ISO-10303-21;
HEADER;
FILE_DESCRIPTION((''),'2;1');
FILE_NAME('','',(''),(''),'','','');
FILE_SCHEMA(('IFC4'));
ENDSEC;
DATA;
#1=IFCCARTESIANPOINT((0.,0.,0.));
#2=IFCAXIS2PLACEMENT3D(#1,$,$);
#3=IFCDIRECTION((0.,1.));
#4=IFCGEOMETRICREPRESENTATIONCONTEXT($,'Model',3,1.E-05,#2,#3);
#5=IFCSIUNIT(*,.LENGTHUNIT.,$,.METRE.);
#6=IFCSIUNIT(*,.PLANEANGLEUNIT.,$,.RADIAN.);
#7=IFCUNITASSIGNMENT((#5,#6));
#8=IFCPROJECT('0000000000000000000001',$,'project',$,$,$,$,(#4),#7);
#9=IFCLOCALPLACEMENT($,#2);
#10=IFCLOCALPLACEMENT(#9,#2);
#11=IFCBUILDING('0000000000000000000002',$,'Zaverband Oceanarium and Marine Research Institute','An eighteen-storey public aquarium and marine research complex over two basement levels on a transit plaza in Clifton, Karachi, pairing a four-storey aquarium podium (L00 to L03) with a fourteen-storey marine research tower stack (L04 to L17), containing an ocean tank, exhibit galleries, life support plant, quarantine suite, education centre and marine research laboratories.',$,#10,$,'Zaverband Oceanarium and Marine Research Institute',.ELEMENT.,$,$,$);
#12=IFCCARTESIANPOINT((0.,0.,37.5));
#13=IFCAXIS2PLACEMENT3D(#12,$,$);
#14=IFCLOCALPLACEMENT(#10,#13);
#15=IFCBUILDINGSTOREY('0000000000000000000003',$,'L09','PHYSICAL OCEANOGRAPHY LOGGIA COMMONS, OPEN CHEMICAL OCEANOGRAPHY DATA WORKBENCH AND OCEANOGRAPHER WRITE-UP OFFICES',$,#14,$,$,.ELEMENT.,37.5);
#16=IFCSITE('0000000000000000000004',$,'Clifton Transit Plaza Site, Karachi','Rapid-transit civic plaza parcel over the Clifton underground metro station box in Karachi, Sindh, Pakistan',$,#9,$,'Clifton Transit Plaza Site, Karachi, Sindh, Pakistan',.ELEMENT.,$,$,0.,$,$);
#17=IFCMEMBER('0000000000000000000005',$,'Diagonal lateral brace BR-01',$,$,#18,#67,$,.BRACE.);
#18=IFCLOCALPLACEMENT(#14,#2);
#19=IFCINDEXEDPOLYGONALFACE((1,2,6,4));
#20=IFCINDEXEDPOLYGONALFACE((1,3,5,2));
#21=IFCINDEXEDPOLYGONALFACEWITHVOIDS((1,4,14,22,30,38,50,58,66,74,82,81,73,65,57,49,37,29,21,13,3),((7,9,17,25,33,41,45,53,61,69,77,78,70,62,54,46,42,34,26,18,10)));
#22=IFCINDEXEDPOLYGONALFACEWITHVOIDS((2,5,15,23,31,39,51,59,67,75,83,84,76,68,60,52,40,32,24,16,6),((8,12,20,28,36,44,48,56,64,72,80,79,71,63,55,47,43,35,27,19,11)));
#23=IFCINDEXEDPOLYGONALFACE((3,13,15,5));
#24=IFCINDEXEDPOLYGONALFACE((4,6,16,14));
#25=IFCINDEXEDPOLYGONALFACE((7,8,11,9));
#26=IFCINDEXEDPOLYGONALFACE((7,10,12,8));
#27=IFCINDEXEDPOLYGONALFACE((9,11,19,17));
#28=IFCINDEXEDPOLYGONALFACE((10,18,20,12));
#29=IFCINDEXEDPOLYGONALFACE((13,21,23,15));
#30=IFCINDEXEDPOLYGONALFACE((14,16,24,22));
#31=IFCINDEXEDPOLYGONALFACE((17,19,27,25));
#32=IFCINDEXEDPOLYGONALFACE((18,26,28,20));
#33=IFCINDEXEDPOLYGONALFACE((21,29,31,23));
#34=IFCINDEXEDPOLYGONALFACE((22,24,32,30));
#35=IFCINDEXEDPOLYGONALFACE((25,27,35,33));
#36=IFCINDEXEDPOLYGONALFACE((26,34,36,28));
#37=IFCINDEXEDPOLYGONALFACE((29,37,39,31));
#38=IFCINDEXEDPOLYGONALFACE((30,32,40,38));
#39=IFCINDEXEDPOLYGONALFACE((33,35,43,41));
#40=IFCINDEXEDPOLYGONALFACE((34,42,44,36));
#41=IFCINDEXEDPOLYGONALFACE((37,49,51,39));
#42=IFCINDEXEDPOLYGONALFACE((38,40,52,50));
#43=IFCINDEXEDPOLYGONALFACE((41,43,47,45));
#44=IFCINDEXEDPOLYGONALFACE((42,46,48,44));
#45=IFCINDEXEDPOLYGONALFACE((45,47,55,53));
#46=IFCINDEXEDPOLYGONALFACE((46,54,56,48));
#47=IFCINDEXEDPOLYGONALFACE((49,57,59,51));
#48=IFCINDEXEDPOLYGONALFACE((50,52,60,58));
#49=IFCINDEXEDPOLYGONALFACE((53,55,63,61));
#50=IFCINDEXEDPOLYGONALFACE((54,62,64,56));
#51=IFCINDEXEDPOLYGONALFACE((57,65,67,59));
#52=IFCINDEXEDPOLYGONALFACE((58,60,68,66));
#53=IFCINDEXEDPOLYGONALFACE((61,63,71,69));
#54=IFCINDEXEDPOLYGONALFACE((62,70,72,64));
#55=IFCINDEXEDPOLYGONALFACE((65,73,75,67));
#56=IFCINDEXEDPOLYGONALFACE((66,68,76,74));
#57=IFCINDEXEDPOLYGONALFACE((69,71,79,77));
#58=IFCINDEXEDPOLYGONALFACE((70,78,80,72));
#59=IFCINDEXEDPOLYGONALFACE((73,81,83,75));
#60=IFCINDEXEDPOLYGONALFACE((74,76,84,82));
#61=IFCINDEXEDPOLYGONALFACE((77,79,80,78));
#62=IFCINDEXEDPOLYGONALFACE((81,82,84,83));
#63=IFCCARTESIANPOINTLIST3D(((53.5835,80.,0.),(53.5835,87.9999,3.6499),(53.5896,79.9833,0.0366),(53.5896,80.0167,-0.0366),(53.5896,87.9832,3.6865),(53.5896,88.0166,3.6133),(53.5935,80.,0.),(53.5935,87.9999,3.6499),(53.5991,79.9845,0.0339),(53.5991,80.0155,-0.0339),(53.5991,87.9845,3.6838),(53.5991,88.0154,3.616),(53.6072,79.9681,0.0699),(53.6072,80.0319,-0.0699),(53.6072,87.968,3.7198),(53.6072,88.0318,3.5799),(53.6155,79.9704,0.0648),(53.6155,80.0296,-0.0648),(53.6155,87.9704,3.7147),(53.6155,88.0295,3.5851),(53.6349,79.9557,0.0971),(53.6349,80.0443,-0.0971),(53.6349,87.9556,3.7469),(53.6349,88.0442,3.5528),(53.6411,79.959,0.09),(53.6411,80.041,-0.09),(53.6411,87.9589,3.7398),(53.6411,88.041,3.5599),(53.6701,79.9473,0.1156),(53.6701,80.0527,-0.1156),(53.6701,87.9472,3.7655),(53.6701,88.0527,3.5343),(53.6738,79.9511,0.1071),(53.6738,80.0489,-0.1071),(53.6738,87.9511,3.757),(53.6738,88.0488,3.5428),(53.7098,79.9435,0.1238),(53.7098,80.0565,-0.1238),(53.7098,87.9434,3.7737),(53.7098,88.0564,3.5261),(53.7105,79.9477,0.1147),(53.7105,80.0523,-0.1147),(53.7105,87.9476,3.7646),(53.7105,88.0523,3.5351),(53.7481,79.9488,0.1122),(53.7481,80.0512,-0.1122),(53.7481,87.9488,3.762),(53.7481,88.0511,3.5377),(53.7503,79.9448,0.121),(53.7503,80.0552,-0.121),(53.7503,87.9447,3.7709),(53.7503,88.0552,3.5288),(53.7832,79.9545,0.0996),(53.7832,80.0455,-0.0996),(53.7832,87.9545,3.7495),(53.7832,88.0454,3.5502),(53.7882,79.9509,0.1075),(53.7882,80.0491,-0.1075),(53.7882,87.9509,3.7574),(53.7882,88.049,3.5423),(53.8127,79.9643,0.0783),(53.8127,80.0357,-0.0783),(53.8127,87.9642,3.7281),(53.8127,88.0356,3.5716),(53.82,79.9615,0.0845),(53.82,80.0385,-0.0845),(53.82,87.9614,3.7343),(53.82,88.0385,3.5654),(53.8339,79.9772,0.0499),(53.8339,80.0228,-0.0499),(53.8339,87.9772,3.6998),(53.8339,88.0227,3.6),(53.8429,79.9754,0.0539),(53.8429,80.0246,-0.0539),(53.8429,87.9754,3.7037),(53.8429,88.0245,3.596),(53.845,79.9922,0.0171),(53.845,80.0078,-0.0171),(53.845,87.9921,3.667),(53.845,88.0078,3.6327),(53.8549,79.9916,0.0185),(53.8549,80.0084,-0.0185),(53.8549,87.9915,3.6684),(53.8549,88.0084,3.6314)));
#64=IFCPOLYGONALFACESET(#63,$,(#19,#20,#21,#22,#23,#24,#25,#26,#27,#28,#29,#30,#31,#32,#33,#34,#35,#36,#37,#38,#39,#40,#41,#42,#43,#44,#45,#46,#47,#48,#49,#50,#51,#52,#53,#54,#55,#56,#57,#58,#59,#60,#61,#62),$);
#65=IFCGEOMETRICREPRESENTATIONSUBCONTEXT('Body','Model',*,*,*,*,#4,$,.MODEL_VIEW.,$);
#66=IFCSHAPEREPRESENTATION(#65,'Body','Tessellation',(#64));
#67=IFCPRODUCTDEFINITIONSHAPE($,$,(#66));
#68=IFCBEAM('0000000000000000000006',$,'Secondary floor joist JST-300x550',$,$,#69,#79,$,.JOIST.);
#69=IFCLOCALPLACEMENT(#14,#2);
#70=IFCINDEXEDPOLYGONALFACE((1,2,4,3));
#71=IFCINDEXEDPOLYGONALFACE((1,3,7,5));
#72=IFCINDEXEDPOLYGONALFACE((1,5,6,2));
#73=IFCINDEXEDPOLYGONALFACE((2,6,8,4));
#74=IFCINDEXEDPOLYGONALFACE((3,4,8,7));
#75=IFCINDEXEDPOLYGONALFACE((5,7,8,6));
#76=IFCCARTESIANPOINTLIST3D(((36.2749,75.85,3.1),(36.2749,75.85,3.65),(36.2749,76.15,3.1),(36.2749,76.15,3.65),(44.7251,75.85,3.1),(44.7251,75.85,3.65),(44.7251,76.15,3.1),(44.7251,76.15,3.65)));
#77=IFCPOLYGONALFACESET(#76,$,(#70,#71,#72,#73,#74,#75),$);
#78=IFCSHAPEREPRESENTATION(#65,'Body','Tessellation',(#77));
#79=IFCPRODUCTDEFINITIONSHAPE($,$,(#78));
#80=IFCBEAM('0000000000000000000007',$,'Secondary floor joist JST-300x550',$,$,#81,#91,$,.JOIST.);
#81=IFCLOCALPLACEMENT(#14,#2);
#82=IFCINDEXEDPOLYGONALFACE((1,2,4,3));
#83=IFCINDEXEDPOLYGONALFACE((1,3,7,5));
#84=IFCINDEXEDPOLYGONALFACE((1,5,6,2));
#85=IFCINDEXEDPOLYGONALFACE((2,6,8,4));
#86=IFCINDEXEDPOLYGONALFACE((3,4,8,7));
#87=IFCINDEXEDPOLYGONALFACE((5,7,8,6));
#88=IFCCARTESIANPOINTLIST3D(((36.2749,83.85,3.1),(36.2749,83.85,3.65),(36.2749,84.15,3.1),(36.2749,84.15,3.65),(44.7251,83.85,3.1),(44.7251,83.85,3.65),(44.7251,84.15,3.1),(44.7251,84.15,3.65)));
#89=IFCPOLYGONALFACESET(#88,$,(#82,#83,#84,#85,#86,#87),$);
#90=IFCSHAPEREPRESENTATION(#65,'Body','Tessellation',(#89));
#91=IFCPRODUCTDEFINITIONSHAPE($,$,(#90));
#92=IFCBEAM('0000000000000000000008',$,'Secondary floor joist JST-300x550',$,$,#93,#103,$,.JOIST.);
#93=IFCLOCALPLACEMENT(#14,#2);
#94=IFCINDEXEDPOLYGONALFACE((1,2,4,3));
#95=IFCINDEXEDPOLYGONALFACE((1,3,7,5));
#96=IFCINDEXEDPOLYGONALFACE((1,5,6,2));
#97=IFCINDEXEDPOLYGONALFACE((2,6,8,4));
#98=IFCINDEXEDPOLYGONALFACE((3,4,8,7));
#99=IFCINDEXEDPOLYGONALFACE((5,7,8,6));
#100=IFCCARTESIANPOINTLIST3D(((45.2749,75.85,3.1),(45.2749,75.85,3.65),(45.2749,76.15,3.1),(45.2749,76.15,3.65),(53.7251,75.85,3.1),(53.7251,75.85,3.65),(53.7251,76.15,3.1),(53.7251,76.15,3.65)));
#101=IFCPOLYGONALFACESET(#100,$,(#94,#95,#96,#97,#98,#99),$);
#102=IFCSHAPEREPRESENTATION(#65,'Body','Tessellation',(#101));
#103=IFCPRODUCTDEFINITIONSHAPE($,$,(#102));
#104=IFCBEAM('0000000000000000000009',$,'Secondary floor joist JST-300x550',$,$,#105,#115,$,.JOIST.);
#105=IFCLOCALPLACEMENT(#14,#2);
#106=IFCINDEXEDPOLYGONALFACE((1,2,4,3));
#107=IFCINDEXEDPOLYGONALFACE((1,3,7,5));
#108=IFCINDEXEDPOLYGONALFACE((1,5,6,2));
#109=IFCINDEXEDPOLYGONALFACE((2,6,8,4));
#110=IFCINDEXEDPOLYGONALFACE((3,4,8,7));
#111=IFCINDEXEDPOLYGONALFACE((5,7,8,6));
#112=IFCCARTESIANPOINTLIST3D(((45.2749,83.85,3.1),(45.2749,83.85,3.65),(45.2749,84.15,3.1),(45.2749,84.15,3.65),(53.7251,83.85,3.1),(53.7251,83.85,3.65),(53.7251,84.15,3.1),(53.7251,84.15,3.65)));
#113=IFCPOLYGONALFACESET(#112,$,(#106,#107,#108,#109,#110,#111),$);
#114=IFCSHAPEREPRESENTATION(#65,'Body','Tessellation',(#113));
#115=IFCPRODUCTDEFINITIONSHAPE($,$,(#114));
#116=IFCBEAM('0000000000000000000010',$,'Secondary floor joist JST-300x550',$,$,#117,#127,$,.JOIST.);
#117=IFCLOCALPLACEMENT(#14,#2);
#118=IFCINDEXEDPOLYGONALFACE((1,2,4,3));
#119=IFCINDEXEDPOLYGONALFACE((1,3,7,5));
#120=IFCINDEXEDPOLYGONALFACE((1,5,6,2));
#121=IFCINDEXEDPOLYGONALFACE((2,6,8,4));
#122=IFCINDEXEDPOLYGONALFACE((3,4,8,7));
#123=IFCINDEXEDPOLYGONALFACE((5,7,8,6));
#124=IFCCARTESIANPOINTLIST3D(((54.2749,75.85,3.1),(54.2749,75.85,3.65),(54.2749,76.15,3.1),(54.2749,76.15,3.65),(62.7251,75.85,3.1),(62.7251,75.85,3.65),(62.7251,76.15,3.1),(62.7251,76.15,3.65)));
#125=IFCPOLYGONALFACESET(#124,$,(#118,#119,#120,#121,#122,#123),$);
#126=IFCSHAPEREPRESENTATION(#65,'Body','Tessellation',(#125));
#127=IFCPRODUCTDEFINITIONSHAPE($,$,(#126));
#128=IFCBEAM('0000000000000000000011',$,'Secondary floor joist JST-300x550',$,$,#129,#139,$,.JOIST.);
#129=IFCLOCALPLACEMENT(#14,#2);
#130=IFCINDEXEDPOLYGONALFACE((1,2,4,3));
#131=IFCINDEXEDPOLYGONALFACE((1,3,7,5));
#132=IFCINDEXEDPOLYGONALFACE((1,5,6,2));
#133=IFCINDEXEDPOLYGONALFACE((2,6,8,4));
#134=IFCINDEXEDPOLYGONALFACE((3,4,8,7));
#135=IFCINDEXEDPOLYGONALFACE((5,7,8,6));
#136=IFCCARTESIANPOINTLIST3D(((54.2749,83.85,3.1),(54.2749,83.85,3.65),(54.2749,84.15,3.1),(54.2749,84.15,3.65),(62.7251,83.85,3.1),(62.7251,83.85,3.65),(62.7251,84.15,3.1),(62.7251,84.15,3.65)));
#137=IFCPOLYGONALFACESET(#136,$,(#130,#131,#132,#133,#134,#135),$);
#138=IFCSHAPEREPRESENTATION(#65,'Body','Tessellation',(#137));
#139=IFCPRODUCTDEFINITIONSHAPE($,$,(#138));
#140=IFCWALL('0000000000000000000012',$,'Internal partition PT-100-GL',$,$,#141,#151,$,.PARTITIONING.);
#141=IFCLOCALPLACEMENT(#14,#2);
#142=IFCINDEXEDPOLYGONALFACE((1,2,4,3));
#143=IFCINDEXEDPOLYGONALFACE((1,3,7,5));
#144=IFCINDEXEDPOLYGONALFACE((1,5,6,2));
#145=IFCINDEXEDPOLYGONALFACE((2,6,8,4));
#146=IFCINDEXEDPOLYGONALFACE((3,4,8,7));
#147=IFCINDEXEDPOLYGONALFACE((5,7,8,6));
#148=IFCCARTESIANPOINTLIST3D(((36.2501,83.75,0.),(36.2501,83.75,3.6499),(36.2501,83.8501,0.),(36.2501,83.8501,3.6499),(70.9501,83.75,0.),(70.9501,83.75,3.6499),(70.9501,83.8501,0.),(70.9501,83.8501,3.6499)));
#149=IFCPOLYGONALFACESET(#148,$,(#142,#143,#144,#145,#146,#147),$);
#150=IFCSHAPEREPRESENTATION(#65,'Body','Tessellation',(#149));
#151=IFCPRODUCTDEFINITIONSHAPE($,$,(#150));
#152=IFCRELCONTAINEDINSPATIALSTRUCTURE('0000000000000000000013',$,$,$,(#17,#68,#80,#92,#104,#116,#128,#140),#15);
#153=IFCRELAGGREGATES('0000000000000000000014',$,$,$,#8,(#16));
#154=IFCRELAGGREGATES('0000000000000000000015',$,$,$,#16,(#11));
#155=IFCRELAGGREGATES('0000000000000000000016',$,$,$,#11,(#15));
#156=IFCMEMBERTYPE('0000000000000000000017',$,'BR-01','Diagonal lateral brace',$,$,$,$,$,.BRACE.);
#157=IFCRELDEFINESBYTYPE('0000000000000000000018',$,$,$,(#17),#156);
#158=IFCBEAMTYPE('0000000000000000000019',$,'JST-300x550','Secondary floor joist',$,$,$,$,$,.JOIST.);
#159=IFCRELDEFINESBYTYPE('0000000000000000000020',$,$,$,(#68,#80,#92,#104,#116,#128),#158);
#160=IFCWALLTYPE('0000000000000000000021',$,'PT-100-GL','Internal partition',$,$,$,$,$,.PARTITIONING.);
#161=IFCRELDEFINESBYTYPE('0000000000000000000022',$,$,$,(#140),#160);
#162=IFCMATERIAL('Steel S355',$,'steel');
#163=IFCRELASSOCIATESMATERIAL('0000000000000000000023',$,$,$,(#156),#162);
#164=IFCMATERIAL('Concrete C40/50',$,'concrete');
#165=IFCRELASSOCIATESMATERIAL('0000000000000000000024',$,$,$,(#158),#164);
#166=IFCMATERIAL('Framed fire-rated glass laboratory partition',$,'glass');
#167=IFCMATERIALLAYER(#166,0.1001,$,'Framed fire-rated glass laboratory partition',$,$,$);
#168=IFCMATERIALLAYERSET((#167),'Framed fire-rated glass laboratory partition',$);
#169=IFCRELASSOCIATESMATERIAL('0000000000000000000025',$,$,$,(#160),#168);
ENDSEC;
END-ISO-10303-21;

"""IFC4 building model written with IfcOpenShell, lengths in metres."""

from ifc_helpers import new_model, si_unit, direction, frame, frame_2d, origin, origin_2d, place, context, subcontext, project, spatial, rectangle, hollow_circle, extrude, material, layer, layer_set, material_profile, profile_set, type_object, element, save


model = new_model("IFC4")

# Units and contexts
model_context = context("Model", 3, precision=1e-05, world=origin(), true_north=direction((0.0, 1.0)))
body_context = subcontext(model_context, "Body", "Model", "MODEL_VIEW")
ifc_project = project(units=[si_unit("LENGTHUNIT", "METRE"), si_unit("PLANEANGLEUNIT", "RADIAN")], contexts=[model_context])

# Site, building, storey
site_placement = place(None, origin())
site = spatial("IfcSite", under=ifc_project, at=site_placement, Name="Clifton Transit Plaza Site, Karachi", Description="Rapid-transit civic plaza parcel over the Clifton underground metro station box in Karachi, Sindh, Pakistan", LongName="Clifton Transit Plaza Site, Karachi, Sindh, Pakistan", CompositionType="ELEMENT", RefElevation=0.0)
building_placement = place(site_placement, origin())
building = spatial("IfcBuilding", under=site, at=building_placement, Name="Zaverband Oceanarium and Marine Research Institute", Description="An eighteen-storey public aquarium and marine research complex over two basement levels on a transit plaza in Clifton, Karachi, pairing a four-storey aquarium podium (L00 to L03) with a fourteen-storey marine research tower stack (L04 to L17), containing an ocean tank, exhibit galleries, life support plant, quarantine suite, education centre and marine research laboratories.", LongName="Zaverband Oceanarium and Marine Research Institute", CompositionType="ELEMENT")
storey_placement = place(building_placement, frame((0.0, 0.0, 37.5)))
storey = spatial("IfcBuildingStorey", under=building, at=storey_placement, Name="L09", Description="PHYSICAL OCEANOGRAPHY LOGGIA COMMONS, OPEN CHEMICAL OCEANOGRAPHY DATA WORKBENCH AND OCEANOGRAPHER WRITE-UP OFFICES", CompositionType="ELEMENT", Elevation=37.5)

# Shared definitions
ifc_material_1 = material(Name="Concrete C40/50", Category="concrete")

# Member
ifc_material_2 = material(Name="Steel S355", Category="steel")
ifc_material_profile_1 = material_profile(ifc_material_2, hollow_circle(Radius=0.1365, WallThickness=0.01, at=origin_2d()), Name="CHS273x10")
ifc_profile_set_1 = profile_set([ifc_material_profile_1], Name="Steel S355")
member_type = type_object("IfcMemberType", Name="BR-01", Description="Diagonal lateral brace", PredefinedType="BRACE", material=ifc_profile_set_1)
member_placement = place(storey_placement, frame((53.72, 80.0, 0.0), z_axis=(0.0, 0.909786, 0.415079), x_axis=(-1.0, 0.0, 0.0)))
element("IfcMember", 1, at=member_placement, inside=storey, type_object=member_type, Name="Diagonal lateral brace BR-01", PredefinedType="BRACE", context=body_context, shape_type="SweptSolid", body=[
    extrude(hollow_circle(Radius=0.1365, WallThickness=0.01, at=origin_2d()), origin(), (0.0, 0.0, 1.0), 8.7932),
])

# Beams
ifc_material_profile_2 = material_profile(ifc_material_1, rectangle(XDim=0.3, YDim=0.55, at=origin_2d()), Name="RC300x550")
ifc_profile_set_2 = profile_set([ifc_material_profile_2], Name="Concrete C40/50")
beam_type_1 = type_object("IfcBeamType", Name="JST-300x550", Description="Secondary floor joist", PredefinedType="JOIST", material=ifc_profile_set_2)
for number, where, z_axis, x_axis, name in (
    (2, (36.2749, 76.0, 3.375), (1.0, 0.0, 0.0), (0.0, 1.0, 0.0), "Secondary floor joist JST-300x550"),
    (3, (36.2749, 84.0, 3.375), (1.0, 0.0, 0.0), (0.0, 1.0, 0.0), "Secondary floor joist JST-300x550"),
    (4, (45.2749, 76.0, 3.375), (1.0, 0.0, 0.0), (0.0, 1.0, 0.0), "Secondary floor joist JST-300x550"),
    (5, (45.2749, 84.0, 3.375), (1.0, 0.0, 0.0), (0.0, 1.0, 0.0), "Secondary floor joist JST-300x550"),
    (6, (54.2749, 76.0, 3.375), (1.0, 0.0, 0.0), (0.0, 1.0, 0.0), "Secondary floor joist JST-300x550"),
    (7, (54.2749, 84.0, 3.375), (1.0, 0.0, 0.0), (0.0, 1.0, 0.0), "Secondary floor joist JST-300x550"),
):
    element("IfcBeam", number, at=place(storey_placement, frame(where, z_axis=z_axis, x_axis=x_axis)), inside=storey, type_object=beam_type_1, Name=name, PredefinedType="JOIST", context=body_context, shape_type="SweptSolid", body=[
        extrude(rectangle(XDim=0.3, YDim=0.55, at=origin_2d()), origin(), (0.0, 0.0, 1.0), 8.4502),
    ])

# Wall
ifc_material_3 = material(Name="Framed fire-rated glass laboratory partition", Category="glass")
ifc_layer = layer(ifc_material_3, 0.1001, Name="Framed fire-rated glass laboratory partition")
ifc_layer_set = layer_set([ifc_layer], Name="Framed fire-rated glass laboratory partition")
wall_type = type_object("IfcWallType", Name="PT-100-GL", Description="Internal partition", PredefinedType="PARTITIONING", material=ifc_layer_set)
wall_placement = place(storey_placement, frame((36.25, 83.8, 0.0), z_axis=(0.0, 0.0, 1.0), x_axis=(1.0, 0.0, 0.0)))
element("IfcWall", 8, at=wall_placement, inside=storey, type_object=wall_type, Name="Internal partition PT-100-GL", PredefinedType="PARTITIONING", context=body_context, shape_type="SweptSolid", body=[
    extrude(rectangle(XDim=34.7, YDim=0.1001, at=frame_2d((17.3501, 0.0))), origin(), (0.0, 0.0, 1.0), 3.6499),
])

save(model, "model.ifc")
